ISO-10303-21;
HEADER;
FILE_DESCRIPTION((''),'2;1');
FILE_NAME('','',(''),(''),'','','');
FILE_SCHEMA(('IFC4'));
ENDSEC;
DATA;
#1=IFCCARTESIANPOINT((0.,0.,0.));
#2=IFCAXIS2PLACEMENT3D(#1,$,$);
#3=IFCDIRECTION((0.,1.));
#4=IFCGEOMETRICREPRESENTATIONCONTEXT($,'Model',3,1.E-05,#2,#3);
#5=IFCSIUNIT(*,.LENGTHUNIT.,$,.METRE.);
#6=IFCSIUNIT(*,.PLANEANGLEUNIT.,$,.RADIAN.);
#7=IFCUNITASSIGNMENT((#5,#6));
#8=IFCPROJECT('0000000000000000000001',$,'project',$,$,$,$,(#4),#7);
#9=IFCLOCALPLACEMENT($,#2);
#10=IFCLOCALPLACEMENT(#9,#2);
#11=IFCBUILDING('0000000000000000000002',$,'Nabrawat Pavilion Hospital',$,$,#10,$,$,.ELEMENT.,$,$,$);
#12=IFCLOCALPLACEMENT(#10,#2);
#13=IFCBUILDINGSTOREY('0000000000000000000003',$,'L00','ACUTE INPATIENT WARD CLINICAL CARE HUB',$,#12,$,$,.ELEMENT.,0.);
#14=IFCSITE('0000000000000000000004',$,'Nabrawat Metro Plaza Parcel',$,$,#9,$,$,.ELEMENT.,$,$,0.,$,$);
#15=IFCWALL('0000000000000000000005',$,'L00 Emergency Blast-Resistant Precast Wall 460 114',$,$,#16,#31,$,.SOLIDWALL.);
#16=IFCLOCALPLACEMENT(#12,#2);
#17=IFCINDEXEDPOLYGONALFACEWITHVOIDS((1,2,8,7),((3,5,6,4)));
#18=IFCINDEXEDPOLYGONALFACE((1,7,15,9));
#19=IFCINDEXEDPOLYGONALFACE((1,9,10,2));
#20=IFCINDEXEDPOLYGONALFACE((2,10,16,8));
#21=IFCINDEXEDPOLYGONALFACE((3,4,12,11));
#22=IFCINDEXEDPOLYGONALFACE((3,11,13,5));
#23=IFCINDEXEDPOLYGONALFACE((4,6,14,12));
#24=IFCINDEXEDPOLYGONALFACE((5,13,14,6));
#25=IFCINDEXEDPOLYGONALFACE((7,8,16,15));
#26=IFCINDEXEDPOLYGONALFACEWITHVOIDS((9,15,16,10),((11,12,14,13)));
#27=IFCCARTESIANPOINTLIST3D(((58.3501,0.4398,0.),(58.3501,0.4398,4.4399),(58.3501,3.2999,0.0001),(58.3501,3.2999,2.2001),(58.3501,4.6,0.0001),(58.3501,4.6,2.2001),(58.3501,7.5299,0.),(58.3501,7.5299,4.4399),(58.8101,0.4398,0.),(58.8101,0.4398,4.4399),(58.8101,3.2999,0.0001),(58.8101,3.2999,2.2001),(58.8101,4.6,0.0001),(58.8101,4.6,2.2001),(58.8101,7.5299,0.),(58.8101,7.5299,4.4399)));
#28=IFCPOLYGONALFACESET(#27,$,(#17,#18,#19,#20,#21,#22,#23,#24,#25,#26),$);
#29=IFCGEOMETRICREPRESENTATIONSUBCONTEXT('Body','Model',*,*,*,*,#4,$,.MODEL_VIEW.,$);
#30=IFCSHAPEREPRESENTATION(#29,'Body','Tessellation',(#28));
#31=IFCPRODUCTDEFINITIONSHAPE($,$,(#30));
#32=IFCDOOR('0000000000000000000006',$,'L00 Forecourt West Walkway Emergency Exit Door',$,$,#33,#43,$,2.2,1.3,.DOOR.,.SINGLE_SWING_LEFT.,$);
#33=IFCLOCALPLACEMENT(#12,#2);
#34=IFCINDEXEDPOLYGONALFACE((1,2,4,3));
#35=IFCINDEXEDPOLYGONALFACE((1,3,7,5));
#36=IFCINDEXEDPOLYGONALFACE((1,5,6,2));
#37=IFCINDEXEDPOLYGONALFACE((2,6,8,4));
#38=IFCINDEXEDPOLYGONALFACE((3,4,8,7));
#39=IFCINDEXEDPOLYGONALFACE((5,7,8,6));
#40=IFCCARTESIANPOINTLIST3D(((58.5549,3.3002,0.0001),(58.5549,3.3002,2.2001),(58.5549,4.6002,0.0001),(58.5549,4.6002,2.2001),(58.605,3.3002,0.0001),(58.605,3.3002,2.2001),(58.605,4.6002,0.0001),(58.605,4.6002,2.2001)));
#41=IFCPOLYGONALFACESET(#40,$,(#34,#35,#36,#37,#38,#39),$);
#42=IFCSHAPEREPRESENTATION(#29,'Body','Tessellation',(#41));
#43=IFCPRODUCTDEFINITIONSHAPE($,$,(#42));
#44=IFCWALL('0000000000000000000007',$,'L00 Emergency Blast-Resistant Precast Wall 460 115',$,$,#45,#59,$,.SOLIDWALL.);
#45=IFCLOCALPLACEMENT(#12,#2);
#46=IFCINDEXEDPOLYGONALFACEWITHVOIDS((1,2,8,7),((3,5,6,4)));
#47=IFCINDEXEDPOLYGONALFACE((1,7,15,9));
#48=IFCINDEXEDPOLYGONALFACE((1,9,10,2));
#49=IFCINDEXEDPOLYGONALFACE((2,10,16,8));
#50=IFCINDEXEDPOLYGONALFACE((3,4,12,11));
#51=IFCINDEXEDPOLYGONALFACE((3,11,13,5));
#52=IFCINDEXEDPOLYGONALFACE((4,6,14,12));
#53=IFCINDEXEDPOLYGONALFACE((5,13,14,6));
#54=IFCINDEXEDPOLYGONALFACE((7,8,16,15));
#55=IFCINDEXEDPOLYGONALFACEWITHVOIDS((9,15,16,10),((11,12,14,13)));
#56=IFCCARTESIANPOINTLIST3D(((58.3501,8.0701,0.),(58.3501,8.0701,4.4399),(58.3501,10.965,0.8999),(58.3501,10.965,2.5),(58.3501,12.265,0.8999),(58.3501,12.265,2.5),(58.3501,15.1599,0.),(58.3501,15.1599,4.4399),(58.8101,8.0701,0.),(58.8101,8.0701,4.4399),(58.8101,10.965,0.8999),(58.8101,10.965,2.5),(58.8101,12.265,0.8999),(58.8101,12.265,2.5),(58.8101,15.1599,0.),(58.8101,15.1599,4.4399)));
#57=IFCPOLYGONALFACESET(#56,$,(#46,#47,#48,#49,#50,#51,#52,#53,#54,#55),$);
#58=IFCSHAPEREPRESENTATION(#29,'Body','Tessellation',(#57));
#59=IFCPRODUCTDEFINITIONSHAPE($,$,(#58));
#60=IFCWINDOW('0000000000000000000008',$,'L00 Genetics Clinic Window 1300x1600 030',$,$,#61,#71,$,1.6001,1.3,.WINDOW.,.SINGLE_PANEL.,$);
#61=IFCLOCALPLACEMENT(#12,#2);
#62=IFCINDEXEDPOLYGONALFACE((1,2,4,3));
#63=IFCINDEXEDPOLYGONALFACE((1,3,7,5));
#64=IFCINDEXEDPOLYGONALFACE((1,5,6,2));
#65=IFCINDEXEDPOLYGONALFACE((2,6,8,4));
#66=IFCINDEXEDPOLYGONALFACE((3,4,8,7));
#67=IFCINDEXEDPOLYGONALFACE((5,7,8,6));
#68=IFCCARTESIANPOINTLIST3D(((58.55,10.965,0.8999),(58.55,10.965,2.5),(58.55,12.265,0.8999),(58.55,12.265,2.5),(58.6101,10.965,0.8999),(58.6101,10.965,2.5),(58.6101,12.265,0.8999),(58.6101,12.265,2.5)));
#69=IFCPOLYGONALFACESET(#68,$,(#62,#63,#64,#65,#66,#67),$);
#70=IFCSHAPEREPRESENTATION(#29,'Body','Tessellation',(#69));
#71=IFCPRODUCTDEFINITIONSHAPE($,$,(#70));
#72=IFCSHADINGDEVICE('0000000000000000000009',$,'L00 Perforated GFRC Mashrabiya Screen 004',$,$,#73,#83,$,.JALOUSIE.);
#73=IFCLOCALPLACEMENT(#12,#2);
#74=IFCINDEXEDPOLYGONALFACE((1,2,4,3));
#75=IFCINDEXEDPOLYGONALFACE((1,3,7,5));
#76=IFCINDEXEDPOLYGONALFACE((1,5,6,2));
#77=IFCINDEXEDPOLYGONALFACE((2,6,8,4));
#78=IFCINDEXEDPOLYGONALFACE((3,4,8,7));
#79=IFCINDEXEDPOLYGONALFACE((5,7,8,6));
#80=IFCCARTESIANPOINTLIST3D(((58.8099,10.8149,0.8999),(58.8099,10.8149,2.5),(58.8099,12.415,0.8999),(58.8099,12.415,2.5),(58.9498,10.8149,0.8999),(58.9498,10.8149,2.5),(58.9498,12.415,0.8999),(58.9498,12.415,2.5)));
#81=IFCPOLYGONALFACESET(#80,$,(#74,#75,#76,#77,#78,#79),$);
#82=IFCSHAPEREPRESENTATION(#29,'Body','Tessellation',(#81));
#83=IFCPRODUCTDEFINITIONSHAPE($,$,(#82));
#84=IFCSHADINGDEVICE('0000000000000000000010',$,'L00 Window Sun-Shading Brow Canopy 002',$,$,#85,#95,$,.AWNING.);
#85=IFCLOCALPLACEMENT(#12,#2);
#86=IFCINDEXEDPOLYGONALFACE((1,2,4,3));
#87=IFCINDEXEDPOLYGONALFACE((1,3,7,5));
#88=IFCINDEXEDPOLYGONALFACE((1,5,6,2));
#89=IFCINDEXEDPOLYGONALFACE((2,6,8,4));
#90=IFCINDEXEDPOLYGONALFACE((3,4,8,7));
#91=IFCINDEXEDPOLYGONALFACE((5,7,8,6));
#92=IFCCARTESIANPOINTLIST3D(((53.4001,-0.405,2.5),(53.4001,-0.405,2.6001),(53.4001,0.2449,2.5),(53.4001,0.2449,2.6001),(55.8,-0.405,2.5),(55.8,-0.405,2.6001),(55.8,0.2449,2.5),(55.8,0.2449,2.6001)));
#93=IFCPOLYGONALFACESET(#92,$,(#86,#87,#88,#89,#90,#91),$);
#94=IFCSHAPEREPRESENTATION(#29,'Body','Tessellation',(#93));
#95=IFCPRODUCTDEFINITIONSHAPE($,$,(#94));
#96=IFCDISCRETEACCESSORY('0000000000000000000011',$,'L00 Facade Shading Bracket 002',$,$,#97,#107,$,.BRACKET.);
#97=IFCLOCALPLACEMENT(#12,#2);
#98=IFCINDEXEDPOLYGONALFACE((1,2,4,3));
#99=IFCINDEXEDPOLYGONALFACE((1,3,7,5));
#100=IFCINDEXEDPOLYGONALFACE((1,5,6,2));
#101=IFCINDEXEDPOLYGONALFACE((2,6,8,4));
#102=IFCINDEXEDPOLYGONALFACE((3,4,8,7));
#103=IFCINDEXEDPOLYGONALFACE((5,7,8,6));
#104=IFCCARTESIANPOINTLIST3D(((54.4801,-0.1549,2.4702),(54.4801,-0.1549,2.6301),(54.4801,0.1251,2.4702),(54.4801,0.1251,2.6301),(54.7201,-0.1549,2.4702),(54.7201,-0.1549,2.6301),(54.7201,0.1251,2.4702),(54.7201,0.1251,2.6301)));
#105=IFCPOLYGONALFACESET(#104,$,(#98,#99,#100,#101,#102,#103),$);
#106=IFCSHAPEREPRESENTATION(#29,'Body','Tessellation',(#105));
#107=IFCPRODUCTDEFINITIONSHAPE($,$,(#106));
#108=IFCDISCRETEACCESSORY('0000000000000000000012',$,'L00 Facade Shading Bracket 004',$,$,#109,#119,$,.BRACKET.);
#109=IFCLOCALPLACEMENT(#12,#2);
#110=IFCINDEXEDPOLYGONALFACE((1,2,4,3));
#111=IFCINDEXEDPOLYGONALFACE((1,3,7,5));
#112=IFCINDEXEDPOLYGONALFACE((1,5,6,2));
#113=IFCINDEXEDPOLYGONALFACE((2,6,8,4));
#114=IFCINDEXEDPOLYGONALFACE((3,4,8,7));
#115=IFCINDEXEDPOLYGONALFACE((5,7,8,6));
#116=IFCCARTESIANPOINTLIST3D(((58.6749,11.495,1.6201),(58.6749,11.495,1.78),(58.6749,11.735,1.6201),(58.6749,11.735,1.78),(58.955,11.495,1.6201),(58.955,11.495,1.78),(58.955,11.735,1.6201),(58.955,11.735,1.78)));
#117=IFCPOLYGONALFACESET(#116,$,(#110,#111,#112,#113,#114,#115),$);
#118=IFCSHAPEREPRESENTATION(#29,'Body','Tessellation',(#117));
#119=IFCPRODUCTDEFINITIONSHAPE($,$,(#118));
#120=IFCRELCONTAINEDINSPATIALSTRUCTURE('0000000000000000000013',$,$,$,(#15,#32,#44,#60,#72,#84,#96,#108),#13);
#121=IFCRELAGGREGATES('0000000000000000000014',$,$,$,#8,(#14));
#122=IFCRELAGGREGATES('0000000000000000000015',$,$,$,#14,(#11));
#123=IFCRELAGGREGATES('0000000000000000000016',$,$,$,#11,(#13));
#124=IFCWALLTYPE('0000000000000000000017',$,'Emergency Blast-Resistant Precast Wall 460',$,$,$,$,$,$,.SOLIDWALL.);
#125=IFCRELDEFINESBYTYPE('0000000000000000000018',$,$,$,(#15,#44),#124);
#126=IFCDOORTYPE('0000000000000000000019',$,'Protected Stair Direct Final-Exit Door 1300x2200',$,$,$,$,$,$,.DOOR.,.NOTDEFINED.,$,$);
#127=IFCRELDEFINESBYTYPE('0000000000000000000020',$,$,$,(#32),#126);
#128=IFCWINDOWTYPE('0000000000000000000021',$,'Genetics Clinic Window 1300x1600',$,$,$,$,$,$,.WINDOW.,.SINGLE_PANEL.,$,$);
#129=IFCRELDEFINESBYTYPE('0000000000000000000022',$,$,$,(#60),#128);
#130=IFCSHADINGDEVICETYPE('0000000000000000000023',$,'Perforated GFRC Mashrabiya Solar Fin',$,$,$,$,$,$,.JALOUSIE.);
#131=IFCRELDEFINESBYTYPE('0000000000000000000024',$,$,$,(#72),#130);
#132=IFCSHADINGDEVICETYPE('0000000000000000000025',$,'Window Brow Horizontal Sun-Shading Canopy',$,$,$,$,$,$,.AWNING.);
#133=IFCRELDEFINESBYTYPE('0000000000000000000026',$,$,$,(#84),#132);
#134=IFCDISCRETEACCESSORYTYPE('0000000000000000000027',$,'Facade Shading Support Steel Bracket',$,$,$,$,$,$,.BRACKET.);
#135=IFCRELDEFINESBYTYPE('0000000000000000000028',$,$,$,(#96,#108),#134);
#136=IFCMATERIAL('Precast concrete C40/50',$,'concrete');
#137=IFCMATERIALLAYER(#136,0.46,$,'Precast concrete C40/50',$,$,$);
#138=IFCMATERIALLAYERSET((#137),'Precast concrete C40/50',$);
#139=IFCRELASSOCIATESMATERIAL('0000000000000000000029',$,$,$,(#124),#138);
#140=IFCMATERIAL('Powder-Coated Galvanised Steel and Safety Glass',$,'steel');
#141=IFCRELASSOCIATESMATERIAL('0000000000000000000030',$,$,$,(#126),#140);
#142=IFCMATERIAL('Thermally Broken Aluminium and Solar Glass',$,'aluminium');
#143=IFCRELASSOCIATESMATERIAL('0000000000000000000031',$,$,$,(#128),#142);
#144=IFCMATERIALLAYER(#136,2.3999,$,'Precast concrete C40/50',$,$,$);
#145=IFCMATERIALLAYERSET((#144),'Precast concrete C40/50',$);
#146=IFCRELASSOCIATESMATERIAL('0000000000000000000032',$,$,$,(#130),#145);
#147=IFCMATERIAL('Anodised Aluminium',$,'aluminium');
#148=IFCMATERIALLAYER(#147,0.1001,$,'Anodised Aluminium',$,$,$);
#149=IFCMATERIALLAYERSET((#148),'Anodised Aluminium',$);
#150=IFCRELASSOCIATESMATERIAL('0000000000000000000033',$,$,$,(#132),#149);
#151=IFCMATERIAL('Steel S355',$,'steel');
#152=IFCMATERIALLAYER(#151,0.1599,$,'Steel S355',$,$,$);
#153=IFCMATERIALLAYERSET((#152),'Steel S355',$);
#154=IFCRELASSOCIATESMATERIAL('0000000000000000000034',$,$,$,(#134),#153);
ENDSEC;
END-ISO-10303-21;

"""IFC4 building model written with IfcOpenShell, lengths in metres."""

from ifc_helpers import new_model, si_unit, direction, frame, frame_2d, origin, origin_2d, place, context, subcontext, project, spatial, rectangle, extrude, material, layer, layer_set, type_object, element, fill, save


model = new_model("IFC4")

# Units and contexts
model_context = context("Model", 3, precision=1e-05, world=origin(), true_north=direction((0.0, 1.0)))
body_context = subcontext(model_context, "Body", "Model", "MODEL_VIEW")
ifc_project = project(units=[si_unit("LENGTHUNIT", "METRE"), si_unit("PLANEANGLEUNIT", "RADIAN")], contexts=[model_context])

# Site, building, storey
site_placement = place(None, origin())
site = spatial("IfcSite", under=ifc_project, at=site_placement, Name="Nabrawat Metro Plaza Parcel", CompositionType="ELEMENT", RefElevation=0.0)
building_placement = place(site_placement, origin())
building = spatial("IfcBuilding", under=site, at=building_placement, Name="Nabrawat Pavilion Hospital", CompositionType="ELEMENT")
storey_placement = place(building_placement, origin())
storey = spatial("IfcBuildingStorey", under=building, at=storey_placement, Name="L00", Description="ACUTE INPATIENT WARD CLINICAL CARE HUB", CompositionType="ELEMENT", Elevation=0.0)

# Shared definitions
ifc_material_1 = material(Name="Steel S355", Category="steel")
ifc_material_2 = material(Name="Precast concrete C40/50", Category="concrete")

# Shared definitions
ifc_layer_1 = layer(ifc_material_2, 0.46, Name="Precast concrete C40/50")
ifc_layer_set_1 = layer_set([ifc_layer_1], Name="Precast concrete C40/50")
wall_type = type_object("IfcWallType", Name="Emergency Blast-Resistant Precast Wall 460", PredefinedType="SOLIDWALL", material=ifc_layer_set_1)
ifc_material_3 = material(Name="Thermally Broken Aluminium and Solar Glass", Category="aluminium")

# Wall, opening, door
wall_1_placement = place(storey_placement, frame((58.5801, 0.4399, 0.0), z_axis=(0.0, 0.0, 1.0), x_axis=(0.0, 1.0, 0.0)))
wall_1 = element("IfcWall", 1, at=wall_1_placement, inside=storey, type_object=wall_type, Name="L00 Emergency Blast-Resistant Precast Wall 460 114", PredefinedType="SOLIDWALL", context=body_context, shape_type="SweptSolid", body=[
    extrude(rectangle(XDim=7.0901, YDim=0.46, at=frame_2d((3.5449, 0.0))), origin(), (0.0, 0.0, 1.0), 4.4399),
])
opening_1_placement = place(wall_1_placement, frame((2.8601, 0.0, 0.0)))
opening_1 = element("IfcOpeningElement", 2, at=opening_1_placement, cuts=wall_1, PredefinedType="OPENING", context=body_context, shape_type="SweptSolid", body=[
    extrude(rectangle(XDim=1.3, YDim=2.2, at=frame_2d((0.6499, 1.1001))), frame((0.0, 0.24, 0.0), z_axis=(0.0, -1.0, 0.0), x_axis=(1.0, 0.0, 0.0)), (0.0, 0.0, 1.0), 0.48),
])
ifc_material_4 = material(Name="Powder-Coated Galvanised Steel and Safety Glass", Category="steel")
door_type = type_object("IfcDoorType", Name="Protected Stair Direct Final-Exit Door 1300x2200", OperationType="NOTDEFINED", PredefinedType="DOOR", material=ifc_material_4)
door_placement = place(opening_1_placement, frame((1.3, 0.0, 0.0), z_axis=(0.0, 0.0, 1.0), x_axis=(-1.0, 0.0, 0.0)))
door = element("IfcDoor", 3, at=door_placement, inside=storey, type_object=door_type, Name="L00 Forecourt West Walkway Emergency Exit Door", OperationType="SINGLE_SWING_LEFT", OverallHeight=2.2, OverallWidth=1.3, PredefinedType="DOOR", context=body_context, shape_type="SweptSolid", body=[
    extrude(rectangle(XDim=1.3, YDim=2.2, at=frame_2d((0.6499, 1.1001))), frame((0.0, 0.0249, 0.0), z_axis=(0.0, -1.0, 0.0), x_axis=(1.0, 0.0, 0.0)), (0.0, 0.0, 1.0), 0.05),
])
fill(opening_1, door)

# Wall, opening, window
wall_2_placement = place(storey_placement, frame((58.5801, 8.0701, 0.0), z_axis=(0.0, 0.0, 1.0), x_axis=(0.0, 1.0, 0.0)))
wall_2 = element("IfcWall", 4, at=wall_2_placement, inside=storey, type_object=wall_type, Name="L00 Emergency Blast-Resistant Precast Wall 460 115", PredefinedType="SOLIDWALL", context=body_context, shape_type="SweptSolid", body=[
    extrude(rectangle(XDim=7.0898, YDim=0.46, at=frame_2d((3.5449, 0.0))), origin(), (0.0, 0.0, 1.0), 4.4399),
])
opening_2_placement = place(wall_2_placement, frame((2.895, 0.0, 0.8999)))
opening_2 = element("IfcOpeningElement", 5, at=opening_2_placement, cuts=wall_2, PredefinedType="OPENING", context=body_context, shape_type="SweptSolid", body=[
    extrude(rectangle(XDim=1.3, YDim=1.6001, at=frame_2d((0.6499, 0.8))), frame((0.0, 0.24, 0.0), z_axis=(0.0, -1.0, 0.0), x_axis=(1.0, 0.0, 0.0)), (0.0, 0.0, 1.0), 0.48),
])
window_type_1 = type_object("IfcWindowType", Name="Genetics Clinic Window 1300x1600", PartitioningType="SINGLE_PANEL", PredefinedType="WINDOW", material=ifc_material_3)
window_1_placement = place(opening_2_placement, origin())
window_1 = element("IfcWindow", 6, at=window_1_placement, inside=storey, type_object=window_type_1, Name="L00 Genetics Clinic Window 1300x1600 030", OverallHeight=1.6001, OverallWidth=1.3, PartitioningType="SINGLE_PANEL", PredefinedType="WINDOW", context=body_context, shape_type="SweptSolid", body=[
    extrude(rectangle(XDim=1.3, YDim=1.6001, at=frame_2d((0.6499, 0.8))), frame((0.0, 0.03, 0.0), z_axis=(0.0, -1.0, 0.0), x_axis=(1.0, 0.0, 0.0)), (0.0, 0.0, 1.0), 0.0601),
])
fill(opening_2, window_1)

# Shading devices
ifc_layer_2 = layer(ifc_material_2, 2.3999, Name="Precast concrete C40/50")
ifc_layer_set_2 = layer_set([ifc_layer_2], Name="Precast concrete C40/50")
shading_device_type_1 = type_object("IfcShadingDeviceType", Name="Perforated GFRC Mashrabiya Solar Fin", PredefinedType="JALOUSIE", material=ifc_layer_set_2)
shading_device_1_placement = place(storey_placement, frame((58.8799, 11.615, 0.8999), z_axis=(0.0, 0.0, 1.0), x_axis=(0.0, 1.0, 0.0)))
element("IfcShadingDevice", 7, at=shading_device_1_placement, inside=storey, type_object=shading_device_type_1, Name="L00 Perforated GFRC Mashrabiya Screen 004", PredefinedType="JALOUSIE", context=body_context, shape_type="SweptSolid", body=[
    extrude(rectangle(XDim=1.6001, YDim=0.1399, at=origin_2d()), origin(), (0.0, 0.0, 1.0), 1.6001),
])
ifc_material_5 = material(Name="Anodised Aluminium", Category="aluminium")
ifc_layer_3 = layer(ifc_material_5, 0.1001, Name="Anodised Aluminium")
ifc_layer_set_3 = layer_set([ifc_layer_3], Name="Anodised Aluminium")
shading_device_type_2 = type_object("IfcShadingDeviceType", Name="Window Brow Horizontal Sun-Shading Canopy", PredefinedType="AWNING", material=ifc_layer_set_3)
shading_device_2_placement = place(storey_placement, frame((54.6001, -0.0801, 2.5), z_axis=(0.0, 0.0, 1.0), x_axis=(1.0, 0.0, 0.0)))
element("IfcShadingDevice", 8, at=shading_device_2_placement, inside=storey, type_object=shading_device_type_2, Name="L00 Window Sun-Shading Brow Canopy 002", PredefinedType="AWNING", context=body_context, shape_type="SweptSolid", body=[
    extrude(rectangle(XDim=2.3999, YDim=0.6499, at=origin_2d()), origin(), (0.0, 0.0, 1.0), 0.1001),
])

# Discrete accessories
ifc_layer_4 = layer(ifc_material_1, 0.1599, Name="Steel S355")
ifc_layer_set_4 = layer_set([ifc_layer_4], Name="Steel S355")
discrete_accessory_type = type_object("IfcDiscreteAccessoryType", Name="Facade Shading Support Steel Bracket", PredefinedType="BRACKET", material=ifc_layer_set_4)
for number, where, z_axis, x_axis, name in (
    (9, (54.6001, -0.0149, 2.4702), (0.0, 0.0, 1.0), (1.0, 0.0, 0.0), "L00 Facade Shading Bracket 002"),
    (10, (58.8149, 11.615, 1.6201), (0.0, 0.0, 1.0), (0.0, 1.0, 0.0), "L00 Facade Shading Bracket 004"),
):
    element("IfcDiscreteAccessory", number, at=place(storey_placement, frame(where, z_axis=z_axis, x_axis=x_axis)), inside=storey, type_object=discrete_accessory_type, Name=name, PredefinedType="BRACKET", context=body_context, shape_type="SweptSolid", body=[
        extrude(rectangle(XDim=0.24, YDim=0.28, at=origin_2d()), origin(), (0.0, 0.0, 1.0), 0.1599),
    ])

save(model, "model.ifc")
